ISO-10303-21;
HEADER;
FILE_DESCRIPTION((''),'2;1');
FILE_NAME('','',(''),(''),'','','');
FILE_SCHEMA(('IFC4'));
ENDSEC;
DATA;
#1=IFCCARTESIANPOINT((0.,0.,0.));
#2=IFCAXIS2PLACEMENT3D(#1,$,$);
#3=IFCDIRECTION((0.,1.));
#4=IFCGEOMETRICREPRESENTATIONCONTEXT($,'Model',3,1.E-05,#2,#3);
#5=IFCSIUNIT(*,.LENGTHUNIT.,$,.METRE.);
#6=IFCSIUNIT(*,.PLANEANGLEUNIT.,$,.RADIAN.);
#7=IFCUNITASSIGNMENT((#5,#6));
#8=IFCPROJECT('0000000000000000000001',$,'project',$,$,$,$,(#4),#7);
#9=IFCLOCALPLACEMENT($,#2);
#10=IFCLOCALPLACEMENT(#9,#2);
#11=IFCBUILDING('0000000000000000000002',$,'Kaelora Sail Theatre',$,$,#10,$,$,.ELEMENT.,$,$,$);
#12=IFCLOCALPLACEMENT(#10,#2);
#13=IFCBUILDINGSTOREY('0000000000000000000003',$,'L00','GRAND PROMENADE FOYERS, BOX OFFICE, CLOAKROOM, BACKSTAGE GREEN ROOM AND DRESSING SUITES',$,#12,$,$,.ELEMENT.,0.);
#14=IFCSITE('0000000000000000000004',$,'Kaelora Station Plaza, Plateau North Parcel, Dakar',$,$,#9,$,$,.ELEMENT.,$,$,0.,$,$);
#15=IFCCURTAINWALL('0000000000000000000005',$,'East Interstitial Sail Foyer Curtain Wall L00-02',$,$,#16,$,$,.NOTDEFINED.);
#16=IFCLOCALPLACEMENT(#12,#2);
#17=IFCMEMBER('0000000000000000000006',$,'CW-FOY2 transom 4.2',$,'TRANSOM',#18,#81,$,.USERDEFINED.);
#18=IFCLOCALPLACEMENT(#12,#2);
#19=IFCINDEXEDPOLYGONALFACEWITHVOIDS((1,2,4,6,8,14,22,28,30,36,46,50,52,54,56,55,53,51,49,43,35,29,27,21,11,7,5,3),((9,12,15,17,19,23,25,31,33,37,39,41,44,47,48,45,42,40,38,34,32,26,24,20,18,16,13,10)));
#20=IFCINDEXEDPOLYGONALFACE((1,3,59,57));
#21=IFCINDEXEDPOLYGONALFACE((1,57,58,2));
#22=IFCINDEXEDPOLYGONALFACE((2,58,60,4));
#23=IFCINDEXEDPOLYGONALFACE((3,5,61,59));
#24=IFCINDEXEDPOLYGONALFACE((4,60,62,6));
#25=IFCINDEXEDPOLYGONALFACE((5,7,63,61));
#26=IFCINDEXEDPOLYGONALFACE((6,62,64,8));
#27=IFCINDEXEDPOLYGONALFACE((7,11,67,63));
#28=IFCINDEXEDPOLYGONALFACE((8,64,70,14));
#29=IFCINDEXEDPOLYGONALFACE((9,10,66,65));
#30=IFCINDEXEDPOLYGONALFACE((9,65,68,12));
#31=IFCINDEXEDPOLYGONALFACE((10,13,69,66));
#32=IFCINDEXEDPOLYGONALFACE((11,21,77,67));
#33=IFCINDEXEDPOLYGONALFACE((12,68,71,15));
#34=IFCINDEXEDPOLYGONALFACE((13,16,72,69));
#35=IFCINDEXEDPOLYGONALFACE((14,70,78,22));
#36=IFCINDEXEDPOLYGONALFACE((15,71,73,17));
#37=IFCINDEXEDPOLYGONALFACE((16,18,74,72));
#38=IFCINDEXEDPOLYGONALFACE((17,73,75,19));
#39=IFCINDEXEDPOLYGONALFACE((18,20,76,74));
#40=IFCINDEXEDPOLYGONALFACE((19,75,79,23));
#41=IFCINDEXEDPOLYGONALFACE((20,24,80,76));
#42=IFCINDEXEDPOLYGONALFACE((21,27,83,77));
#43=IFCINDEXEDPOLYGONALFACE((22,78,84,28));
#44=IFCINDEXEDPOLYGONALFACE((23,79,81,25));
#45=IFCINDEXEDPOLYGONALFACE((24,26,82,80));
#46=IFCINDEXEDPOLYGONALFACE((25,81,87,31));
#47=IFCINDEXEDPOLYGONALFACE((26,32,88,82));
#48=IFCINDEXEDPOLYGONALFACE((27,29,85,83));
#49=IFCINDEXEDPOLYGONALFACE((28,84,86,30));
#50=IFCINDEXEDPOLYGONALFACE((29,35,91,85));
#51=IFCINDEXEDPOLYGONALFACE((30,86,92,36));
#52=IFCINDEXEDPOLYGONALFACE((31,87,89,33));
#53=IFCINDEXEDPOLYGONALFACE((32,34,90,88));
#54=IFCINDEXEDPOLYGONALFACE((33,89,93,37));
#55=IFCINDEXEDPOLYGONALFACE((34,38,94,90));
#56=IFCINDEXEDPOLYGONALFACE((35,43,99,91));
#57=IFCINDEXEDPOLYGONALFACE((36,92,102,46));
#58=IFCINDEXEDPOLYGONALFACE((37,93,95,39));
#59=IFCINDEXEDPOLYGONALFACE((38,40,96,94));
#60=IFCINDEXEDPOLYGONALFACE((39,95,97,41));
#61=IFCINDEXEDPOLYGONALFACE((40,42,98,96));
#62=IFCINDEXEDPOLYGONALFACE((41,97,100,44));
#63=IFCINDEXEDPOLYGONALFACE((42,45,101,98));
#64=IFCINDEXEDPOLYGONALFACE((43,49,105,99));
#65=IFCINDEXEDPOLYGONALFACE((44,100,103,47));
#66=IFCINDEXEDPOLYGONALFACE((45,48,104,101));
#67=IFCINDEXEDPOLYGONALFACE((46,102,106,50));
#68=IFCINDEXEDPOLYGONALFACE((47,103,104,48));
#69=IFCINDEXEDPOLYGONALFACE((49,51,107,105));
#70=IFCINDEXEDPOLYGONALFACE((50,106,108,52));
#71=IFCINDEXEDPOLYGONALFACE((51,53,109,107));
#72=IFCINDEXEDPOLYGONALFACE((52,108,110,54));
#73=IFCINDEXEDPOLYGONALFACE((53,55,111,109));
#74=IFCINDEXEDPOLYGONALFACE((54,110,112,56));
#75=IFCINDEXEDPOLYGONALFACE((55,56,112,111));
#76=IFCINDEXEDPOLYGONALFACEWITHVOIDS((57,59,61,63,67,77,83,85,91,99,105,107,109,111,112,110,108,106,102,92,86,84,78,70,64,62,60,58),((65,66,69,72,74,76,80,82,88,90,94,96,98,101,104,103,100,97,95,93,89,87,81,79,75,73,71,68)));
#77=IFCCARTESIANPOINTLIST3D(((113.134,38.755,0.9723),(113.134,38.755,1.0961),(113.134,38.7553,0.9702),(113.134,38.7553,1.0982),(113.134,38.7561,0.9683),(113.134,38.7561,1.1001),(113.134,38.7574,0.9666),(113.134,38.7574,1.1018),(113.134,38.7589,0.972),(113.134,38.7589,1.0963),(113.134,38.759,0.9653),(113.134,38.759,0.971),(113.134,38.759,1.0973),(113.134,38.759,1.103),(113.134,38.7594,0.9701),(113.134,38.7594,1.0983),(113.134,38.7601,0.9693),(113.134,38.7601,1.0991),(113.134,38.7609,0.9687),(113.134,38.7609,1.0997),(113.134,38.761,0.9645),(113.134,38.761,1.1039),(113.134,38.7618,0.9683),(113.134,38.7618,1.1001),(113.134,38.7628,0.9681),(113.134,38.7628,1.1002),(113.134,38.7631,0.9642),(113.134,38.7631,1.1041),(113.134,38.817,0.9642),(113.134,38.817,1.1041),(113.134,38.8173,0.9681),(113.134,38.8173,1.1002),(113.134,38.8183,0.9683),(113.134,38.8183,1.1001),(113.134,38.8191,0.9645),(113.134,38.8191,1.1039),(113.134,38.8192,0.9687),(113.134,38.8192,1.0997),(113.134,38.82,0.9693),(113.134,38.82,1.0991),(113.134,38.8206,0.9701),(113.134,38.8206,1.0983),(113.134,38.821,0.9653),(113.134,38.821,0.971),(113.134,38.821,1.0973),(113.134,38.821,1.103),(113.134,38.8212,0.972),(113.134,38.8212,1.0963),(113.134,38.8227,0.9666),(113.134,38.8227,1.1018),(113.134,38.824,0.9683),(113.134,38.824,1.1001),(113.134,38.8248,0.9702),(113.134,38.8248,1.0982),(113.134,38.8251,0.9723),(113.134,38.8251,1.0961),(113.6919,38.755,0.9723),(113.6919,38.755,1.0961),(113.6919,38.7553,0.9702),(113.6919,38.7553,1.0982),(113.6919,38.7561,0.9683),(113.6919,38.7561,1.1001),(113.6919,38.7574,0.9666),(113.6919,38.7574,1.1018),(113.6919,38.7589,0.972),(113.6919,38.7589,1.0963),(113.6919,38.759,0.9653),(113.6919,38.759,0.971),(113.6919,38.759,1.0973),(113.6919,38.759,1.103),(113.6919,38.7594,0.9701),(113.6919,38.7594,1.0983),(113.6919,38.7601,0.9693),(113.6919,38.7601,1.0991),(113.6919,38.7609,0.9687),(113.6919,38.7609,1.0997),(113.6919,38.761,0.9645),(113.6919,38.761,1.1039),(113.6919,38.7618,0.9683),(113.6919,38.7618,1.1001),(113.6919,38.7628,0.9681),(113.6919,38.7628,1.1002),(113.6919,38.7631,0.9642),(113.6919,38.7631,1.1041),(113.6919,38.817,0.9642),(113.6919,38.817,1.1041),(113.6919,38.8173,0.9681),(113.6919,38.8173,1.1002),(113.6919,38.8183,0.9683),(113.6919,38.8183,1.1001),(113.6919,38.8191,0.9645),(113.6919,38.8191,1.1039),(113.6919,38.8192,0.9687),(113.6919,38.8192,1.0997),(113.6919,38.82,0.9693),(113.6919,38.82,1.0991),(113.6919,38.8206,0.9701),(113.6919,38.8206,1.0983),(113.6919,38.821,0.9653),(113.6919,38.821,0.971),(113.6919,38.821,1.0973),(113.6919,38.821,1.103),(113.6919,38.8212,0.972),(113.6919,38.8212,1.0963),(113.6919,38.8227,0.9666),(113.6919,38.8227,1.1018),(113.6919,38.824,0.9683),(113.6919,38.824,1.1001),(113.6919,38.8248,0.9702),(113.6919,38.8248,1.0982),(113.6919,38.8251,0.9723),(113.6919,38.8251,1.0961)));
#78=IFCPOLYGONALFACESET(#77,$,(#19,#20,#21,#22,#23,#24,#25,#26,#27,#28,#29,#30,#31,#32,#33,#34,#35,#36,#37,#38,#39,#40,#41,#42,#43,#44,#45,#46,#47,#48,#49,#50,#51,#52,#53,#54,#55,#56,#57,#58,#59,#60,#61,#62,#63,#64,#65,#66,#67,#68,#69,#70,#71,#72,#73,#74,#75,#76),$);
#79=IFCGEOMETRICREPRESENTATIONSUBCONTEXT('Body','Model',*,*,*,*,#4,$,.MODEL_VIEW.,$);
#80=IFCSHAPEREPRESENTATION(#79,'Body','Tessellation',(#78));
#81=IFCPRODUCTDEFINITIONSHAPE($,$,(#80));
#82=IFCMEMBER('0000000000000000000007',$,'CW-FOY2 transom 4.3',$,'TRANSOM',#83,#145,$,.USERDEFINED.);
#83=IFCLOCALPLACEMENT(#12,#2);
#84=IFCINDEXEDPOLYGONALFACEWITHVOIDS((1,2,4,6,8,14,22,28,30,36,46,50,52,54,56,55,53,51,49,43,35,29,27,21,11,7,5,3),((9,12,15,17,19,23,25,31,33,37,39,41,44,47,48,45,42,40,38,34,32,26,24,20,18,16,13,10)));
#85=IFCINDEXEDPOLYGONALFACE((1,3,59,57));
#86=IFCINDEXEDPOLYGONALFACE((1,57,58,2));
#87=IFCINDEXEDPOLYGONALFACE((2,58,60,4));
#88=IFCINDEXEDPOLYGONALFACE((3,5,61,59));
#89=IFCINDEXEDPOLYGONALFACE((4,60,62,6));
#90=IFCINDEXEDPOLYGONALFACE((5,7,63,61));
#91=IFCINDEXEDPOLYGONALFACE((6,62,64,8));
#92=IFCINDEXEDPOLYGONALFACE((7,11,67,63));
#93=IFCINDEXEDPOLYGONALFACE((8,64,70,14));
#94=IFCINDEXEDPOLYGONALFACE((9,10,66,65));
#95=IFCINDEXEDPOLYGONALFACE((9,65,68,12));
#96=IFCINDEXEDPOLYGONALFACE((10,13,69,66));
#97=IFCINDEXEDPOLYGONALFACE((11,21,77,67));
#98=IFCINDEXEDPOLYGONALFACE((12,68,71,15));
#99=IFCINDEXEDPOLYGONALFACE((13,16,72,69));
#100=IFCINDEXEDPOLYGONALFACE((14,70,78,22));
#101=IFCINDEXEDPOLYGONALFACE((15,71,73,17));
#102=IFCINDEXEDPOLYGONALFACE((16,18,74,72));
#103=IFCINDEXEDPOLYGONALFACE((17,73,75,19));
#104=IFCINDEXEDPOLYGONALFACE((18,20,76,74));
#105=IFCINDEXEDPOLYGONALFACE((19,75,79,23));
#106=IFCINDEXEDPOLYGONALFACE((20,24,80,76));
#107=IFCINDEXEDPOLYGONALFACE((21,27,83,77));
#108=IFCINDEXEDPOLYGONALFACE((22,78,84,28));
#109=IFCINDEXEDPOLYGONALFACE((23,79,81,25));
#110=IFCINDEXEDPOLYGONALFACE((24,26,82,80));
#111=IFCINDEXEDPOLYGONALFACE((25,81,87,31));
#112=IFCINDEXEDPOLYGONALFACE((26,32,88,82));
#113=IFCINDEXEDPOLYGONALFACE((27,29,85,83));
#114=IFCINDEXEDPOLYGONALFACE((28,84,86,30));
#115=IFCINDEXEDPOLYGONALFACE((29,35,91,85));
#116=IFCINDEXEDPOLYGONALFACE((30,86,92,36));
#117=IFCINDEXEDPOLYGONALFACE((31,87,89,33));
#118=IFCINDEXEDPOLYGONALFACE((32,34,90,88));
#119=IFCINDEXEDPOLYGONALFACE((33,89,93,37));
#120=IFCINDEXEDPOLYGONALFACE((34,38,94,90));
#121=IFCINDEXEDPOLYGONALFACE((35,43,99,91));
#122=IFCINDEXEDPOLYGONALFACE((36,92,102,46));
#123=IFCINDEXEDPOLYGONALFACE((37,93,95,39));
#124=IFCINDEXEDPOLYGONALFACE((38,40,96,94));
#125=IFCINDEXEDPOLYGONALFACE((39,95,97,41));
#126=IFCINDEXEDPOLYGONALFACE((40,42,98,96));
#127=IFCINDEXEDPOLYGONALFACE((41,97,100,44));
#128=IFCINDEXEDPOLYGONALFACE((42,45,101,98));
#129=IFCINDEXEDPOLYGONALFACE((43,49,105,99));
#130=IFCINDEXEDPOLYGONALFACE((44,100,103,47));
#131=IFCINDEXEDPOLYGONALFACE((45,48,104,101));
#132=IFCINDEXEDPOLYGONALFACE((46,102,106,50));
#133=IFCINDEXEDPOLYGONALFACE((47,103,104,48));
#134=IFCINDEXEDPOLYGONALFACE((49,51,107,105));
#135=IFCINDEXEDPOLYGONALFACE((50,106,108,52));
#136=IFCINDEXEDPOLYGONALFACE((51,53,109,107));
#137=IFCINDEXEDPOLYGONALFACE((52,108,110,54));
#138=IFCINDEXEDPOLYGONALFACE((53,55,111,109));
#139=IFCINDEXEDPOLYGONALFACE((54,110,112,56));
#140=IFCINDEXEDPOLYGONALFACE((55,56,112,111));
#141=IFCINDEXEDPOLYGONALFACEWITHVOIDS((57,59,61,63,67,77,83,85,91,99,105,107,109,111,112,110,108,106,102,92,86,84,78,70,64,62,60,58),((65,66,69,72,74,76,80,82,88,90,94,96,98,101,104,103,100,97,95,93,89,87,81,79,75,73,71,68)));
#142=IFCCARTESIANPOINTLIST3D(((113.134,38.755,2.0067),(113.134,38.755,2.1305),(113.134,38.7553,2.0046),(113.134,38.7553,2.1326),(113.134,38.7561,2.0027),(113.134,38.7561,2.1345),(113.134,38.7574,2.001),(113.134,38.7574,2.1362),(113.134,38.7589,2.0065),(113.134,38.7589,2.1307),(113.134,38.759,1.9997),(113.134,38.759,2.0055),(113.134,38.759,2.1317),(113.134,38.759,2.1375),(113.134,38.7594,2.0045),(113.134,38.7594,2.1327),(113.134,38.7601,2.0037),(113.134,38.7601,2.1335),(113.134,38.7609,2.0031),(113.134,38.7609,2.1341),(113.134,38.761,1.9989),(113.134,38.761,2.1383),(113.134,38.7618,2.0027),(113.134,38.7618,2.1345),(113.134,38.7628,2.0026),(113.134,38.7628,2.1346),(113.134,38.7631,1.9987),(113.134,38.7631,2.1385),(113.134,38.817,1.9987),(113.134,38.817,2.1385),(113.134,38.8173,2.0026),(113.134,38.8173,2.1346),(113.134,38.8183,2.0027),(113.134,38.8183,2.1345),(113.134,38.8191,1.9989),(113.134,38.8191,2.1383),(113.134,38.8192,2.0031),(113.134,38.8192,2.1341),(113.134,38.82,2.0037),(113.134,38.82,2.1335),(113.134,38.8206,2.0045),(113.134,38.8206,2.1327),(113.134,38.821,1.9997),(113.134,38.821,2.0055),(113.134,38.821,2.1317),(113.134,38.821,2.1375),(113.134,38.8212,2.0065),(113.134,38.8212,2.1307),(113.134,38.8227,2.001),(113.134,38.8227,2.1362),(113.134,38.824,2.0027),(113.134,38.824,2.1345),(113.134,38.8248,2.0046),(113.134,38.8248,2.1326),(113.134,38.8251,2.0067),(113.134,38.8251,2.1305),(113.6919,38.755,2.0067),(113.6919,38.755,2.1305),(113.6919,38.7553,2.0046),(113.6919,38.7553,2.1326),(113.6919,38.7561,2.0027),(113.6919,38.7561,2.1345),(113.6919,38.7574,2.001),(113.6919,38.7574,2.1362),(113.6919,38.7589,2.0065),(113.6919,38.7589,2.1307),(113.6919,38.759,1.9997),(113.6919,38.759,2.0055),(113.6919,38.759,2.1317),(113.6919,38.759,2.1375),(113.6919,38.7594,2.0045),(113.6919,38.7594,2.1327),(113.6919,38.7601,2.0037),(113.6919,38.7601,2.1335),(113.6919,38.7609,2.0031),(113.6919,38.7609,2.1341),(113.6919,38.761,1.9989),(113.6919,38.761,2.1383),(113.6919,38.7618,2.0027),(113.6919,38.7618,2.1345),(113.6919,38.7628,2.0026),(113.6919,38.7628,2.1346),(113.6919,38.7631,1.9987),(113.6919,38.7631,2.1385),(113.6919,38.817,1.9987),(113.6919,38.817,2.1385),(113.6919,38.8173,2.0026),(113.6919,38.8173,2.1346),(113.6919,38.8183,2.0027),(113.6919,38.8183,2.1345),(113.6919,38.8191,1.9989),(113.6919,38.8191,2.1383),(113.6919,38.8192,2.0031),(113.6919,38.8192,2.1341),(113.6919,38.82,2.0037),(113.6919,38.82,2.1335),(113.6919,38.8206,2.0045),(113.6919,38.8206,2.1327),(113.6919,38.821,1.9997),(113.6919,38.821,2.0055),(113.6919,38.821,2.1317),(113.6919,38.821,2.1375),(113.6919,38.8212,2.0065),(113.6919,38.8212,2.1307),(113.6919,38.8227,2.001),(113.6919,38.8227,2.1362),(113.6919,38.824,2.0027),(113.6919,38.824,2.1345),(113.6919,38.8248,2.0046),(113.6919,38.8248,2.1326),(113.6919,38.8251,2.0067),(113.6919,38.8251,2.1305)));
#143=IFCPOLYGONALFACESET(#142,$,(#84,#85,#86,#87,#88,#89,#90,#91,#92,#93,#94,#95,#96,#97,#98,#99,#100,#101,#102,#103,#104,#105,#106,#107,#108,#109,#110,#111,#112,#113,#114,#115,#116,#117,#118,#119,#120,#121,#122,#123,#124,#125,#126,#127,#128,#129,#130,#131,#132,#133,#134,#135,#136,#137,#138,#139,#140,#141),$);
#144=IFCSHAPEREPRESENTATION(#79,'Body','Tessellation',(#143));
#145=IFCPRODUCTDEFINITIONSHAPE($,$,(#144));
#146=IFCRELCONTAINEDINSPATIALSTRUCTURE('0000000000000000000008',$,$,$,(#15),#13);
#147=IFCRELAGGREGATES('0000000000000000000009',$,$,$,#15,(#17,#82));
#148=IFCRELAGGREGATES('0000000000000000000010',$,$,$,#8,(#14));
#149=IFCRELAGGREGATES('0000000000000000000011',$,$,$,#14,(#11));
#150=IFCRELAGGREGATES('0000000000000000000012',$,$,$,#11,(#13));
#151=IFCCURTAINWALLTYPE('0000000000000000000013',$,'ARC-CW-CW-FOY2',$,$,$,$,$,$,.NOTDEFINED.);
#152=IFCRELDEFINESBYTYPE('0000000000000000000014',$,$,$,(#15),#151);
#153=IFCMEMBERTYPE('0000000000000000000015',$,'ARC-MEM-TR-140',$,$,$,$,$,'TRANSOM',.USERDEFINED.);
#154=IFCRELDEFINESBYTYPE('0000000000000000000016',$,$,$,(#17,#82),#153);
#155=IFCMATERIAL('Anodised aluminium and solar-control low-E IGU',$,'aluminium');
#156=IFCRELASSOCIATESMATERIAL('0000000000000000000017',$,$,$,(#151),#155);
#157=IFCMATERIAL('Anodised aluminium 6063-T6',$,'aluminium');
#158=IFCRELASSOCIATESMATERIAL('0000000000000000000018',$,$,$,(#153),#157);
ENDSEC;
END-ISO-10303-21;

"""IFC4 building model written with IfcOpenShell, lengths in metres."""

from ifc_helpers import new_model, si_unit, direction, frame, origin, origin_2d, place, context, subcontext, project, spatial, hollow_rectangle, extrude, material, material_profile, profile_set, type_object, element, aggregate, save


model = new_model("IFC4")

# Units and contexts
model_context = context("Model", 3, precision=1e-05, world=origin(), true_north=direction((0.0, 1.0)))
body_context = subcontext(model_context, "Body", "Model", "MODEL_VIEW")
ifc_project = project(units=[si_unit("LENGTHUNIT", "METRE"), si_unit("PLANEANGLEUNIT", "RADIAN")], contexts=[model_context])

# Site, building, storey
site_placement = place(None, origin())
site = spatial("IfcSite", under=ifc_project, at=site_placement, Name="Kaelora Station Plaza, Plateau North Parcel, Dakar", CompositionType="ELEMENT", RefElevation=0.0)
building_placement = place(site_placement, origin())
building = spatial("IfcBuilding", under=site, at=building_placement, Name="Kaelora Sail Theatre", CompositionType="ELEMENT")
storey_placement = place(building_placement, origin())
storey = spatial("IfcBuildingStorey", under=building, at=storey_placement, Name="L00", Description="GRAND PROMENADE FOYERS, BOX OFFICE, CLOAKROOM, BACKSTAGE GREEN ROOM AND DRESSING SUITES", CompositionType="ELEMENT", Elevation=0.0)

# Curtain wall, members
ifc_material_1 = material(Name="Anodised aluminium and solar-control low-E IGU", Category="aluminium")
curtain_wall_type = type_object("IfcCurtainWallType", Name="ARC-CW-CW-FOY2", PredefinedType="NOTDEFINED", material=ifc_material_1)
curtain_wall_placement = place(storey_placement, origin())
curtain_wall = element("IfcCurtainWall", 1, at=curtain_wall_placement, inside=storey, type_object=curtain_wall_type, Name="East Interstitial Sail Foyer Curtain Wall L00-02", PredefinedType="NOTDEFINED")
ifc_material_2 = material(Name="Anodised aluminium 6063-T6", Category="aluminium")
ifc_material_profile_1 = material_profile(ifc_material_2, hollow_rectangle(XDim=0.0701, YDim=0.1399, WallThickness=0.0039, InnerFilletRadius=0.0039, OuterFilletRadius=0.0081, at=origin_2d()), Name="ALU-TRAN 70x140x4")
ifc_profile_set_1 = profile_set([ifc_material_profile_1], Name="Anodised aluminium 6063-T6")
member_type_1 = type_object("IfcMemberType", Name="ARC-MEM-TR-140", ElementType="TRANSOM", PredefinedType="USERDEFINED", material=ifc_profile_set_1)
member_1_placement = place(storey_placement, frame((113.134, 38.79, 1.0342), z_axis=(1.0, 0.0, 0.0), x_axis=(0.0, 1.0, 0.0)))
member_1 = element("IfcMember", 2, at=member_1_placement, type_object=member_type_1, Name="CW-FOY2 transom 4.2", ObjectType="TRANSOM", PredefinedType="USERDEFINED", context=body_context, shape_type="SweptSolid", body=[
    extrude(hollow_rectangle(XDim=0.0701, YDim=0.1399, WallThickness=0.0039, InnerFilletRadius=0.0039, OuterFilletRadius=0.0081, at=origin_2d()), origin(), (0.0, 0.0, 1.0), 0.5579),
])
member_2_placement = place(storey_placement, frame((113.134, 38.79, 2.0686), z_axis=(1.0, 0.0, 0.0), x_axis=(0.0, 1.0, 0.0)))
member_2 = element("IfcMember", 3, at=member_2_placement, type_object=member_type_1, Name="CW-FOY2 transom 4.3", ObjectType="TRANSOM", PredefinedType="USERDEFINED", context=body_context, shape_type="SweptSolid", body=[
    extrude(hollow_rectangle(XDim=0.0701, YDim=0.1399, WallThickness=0.0039, InnerFilletRadius=0.0039, OuterFilletRadius=0.0081, at=origin_2d()), origin(), (0.0, 0.0, 1.0), 0.5579),
])
aggregate(curtain_wall, [member_1, member_2])

save(model, "model.ifc")
